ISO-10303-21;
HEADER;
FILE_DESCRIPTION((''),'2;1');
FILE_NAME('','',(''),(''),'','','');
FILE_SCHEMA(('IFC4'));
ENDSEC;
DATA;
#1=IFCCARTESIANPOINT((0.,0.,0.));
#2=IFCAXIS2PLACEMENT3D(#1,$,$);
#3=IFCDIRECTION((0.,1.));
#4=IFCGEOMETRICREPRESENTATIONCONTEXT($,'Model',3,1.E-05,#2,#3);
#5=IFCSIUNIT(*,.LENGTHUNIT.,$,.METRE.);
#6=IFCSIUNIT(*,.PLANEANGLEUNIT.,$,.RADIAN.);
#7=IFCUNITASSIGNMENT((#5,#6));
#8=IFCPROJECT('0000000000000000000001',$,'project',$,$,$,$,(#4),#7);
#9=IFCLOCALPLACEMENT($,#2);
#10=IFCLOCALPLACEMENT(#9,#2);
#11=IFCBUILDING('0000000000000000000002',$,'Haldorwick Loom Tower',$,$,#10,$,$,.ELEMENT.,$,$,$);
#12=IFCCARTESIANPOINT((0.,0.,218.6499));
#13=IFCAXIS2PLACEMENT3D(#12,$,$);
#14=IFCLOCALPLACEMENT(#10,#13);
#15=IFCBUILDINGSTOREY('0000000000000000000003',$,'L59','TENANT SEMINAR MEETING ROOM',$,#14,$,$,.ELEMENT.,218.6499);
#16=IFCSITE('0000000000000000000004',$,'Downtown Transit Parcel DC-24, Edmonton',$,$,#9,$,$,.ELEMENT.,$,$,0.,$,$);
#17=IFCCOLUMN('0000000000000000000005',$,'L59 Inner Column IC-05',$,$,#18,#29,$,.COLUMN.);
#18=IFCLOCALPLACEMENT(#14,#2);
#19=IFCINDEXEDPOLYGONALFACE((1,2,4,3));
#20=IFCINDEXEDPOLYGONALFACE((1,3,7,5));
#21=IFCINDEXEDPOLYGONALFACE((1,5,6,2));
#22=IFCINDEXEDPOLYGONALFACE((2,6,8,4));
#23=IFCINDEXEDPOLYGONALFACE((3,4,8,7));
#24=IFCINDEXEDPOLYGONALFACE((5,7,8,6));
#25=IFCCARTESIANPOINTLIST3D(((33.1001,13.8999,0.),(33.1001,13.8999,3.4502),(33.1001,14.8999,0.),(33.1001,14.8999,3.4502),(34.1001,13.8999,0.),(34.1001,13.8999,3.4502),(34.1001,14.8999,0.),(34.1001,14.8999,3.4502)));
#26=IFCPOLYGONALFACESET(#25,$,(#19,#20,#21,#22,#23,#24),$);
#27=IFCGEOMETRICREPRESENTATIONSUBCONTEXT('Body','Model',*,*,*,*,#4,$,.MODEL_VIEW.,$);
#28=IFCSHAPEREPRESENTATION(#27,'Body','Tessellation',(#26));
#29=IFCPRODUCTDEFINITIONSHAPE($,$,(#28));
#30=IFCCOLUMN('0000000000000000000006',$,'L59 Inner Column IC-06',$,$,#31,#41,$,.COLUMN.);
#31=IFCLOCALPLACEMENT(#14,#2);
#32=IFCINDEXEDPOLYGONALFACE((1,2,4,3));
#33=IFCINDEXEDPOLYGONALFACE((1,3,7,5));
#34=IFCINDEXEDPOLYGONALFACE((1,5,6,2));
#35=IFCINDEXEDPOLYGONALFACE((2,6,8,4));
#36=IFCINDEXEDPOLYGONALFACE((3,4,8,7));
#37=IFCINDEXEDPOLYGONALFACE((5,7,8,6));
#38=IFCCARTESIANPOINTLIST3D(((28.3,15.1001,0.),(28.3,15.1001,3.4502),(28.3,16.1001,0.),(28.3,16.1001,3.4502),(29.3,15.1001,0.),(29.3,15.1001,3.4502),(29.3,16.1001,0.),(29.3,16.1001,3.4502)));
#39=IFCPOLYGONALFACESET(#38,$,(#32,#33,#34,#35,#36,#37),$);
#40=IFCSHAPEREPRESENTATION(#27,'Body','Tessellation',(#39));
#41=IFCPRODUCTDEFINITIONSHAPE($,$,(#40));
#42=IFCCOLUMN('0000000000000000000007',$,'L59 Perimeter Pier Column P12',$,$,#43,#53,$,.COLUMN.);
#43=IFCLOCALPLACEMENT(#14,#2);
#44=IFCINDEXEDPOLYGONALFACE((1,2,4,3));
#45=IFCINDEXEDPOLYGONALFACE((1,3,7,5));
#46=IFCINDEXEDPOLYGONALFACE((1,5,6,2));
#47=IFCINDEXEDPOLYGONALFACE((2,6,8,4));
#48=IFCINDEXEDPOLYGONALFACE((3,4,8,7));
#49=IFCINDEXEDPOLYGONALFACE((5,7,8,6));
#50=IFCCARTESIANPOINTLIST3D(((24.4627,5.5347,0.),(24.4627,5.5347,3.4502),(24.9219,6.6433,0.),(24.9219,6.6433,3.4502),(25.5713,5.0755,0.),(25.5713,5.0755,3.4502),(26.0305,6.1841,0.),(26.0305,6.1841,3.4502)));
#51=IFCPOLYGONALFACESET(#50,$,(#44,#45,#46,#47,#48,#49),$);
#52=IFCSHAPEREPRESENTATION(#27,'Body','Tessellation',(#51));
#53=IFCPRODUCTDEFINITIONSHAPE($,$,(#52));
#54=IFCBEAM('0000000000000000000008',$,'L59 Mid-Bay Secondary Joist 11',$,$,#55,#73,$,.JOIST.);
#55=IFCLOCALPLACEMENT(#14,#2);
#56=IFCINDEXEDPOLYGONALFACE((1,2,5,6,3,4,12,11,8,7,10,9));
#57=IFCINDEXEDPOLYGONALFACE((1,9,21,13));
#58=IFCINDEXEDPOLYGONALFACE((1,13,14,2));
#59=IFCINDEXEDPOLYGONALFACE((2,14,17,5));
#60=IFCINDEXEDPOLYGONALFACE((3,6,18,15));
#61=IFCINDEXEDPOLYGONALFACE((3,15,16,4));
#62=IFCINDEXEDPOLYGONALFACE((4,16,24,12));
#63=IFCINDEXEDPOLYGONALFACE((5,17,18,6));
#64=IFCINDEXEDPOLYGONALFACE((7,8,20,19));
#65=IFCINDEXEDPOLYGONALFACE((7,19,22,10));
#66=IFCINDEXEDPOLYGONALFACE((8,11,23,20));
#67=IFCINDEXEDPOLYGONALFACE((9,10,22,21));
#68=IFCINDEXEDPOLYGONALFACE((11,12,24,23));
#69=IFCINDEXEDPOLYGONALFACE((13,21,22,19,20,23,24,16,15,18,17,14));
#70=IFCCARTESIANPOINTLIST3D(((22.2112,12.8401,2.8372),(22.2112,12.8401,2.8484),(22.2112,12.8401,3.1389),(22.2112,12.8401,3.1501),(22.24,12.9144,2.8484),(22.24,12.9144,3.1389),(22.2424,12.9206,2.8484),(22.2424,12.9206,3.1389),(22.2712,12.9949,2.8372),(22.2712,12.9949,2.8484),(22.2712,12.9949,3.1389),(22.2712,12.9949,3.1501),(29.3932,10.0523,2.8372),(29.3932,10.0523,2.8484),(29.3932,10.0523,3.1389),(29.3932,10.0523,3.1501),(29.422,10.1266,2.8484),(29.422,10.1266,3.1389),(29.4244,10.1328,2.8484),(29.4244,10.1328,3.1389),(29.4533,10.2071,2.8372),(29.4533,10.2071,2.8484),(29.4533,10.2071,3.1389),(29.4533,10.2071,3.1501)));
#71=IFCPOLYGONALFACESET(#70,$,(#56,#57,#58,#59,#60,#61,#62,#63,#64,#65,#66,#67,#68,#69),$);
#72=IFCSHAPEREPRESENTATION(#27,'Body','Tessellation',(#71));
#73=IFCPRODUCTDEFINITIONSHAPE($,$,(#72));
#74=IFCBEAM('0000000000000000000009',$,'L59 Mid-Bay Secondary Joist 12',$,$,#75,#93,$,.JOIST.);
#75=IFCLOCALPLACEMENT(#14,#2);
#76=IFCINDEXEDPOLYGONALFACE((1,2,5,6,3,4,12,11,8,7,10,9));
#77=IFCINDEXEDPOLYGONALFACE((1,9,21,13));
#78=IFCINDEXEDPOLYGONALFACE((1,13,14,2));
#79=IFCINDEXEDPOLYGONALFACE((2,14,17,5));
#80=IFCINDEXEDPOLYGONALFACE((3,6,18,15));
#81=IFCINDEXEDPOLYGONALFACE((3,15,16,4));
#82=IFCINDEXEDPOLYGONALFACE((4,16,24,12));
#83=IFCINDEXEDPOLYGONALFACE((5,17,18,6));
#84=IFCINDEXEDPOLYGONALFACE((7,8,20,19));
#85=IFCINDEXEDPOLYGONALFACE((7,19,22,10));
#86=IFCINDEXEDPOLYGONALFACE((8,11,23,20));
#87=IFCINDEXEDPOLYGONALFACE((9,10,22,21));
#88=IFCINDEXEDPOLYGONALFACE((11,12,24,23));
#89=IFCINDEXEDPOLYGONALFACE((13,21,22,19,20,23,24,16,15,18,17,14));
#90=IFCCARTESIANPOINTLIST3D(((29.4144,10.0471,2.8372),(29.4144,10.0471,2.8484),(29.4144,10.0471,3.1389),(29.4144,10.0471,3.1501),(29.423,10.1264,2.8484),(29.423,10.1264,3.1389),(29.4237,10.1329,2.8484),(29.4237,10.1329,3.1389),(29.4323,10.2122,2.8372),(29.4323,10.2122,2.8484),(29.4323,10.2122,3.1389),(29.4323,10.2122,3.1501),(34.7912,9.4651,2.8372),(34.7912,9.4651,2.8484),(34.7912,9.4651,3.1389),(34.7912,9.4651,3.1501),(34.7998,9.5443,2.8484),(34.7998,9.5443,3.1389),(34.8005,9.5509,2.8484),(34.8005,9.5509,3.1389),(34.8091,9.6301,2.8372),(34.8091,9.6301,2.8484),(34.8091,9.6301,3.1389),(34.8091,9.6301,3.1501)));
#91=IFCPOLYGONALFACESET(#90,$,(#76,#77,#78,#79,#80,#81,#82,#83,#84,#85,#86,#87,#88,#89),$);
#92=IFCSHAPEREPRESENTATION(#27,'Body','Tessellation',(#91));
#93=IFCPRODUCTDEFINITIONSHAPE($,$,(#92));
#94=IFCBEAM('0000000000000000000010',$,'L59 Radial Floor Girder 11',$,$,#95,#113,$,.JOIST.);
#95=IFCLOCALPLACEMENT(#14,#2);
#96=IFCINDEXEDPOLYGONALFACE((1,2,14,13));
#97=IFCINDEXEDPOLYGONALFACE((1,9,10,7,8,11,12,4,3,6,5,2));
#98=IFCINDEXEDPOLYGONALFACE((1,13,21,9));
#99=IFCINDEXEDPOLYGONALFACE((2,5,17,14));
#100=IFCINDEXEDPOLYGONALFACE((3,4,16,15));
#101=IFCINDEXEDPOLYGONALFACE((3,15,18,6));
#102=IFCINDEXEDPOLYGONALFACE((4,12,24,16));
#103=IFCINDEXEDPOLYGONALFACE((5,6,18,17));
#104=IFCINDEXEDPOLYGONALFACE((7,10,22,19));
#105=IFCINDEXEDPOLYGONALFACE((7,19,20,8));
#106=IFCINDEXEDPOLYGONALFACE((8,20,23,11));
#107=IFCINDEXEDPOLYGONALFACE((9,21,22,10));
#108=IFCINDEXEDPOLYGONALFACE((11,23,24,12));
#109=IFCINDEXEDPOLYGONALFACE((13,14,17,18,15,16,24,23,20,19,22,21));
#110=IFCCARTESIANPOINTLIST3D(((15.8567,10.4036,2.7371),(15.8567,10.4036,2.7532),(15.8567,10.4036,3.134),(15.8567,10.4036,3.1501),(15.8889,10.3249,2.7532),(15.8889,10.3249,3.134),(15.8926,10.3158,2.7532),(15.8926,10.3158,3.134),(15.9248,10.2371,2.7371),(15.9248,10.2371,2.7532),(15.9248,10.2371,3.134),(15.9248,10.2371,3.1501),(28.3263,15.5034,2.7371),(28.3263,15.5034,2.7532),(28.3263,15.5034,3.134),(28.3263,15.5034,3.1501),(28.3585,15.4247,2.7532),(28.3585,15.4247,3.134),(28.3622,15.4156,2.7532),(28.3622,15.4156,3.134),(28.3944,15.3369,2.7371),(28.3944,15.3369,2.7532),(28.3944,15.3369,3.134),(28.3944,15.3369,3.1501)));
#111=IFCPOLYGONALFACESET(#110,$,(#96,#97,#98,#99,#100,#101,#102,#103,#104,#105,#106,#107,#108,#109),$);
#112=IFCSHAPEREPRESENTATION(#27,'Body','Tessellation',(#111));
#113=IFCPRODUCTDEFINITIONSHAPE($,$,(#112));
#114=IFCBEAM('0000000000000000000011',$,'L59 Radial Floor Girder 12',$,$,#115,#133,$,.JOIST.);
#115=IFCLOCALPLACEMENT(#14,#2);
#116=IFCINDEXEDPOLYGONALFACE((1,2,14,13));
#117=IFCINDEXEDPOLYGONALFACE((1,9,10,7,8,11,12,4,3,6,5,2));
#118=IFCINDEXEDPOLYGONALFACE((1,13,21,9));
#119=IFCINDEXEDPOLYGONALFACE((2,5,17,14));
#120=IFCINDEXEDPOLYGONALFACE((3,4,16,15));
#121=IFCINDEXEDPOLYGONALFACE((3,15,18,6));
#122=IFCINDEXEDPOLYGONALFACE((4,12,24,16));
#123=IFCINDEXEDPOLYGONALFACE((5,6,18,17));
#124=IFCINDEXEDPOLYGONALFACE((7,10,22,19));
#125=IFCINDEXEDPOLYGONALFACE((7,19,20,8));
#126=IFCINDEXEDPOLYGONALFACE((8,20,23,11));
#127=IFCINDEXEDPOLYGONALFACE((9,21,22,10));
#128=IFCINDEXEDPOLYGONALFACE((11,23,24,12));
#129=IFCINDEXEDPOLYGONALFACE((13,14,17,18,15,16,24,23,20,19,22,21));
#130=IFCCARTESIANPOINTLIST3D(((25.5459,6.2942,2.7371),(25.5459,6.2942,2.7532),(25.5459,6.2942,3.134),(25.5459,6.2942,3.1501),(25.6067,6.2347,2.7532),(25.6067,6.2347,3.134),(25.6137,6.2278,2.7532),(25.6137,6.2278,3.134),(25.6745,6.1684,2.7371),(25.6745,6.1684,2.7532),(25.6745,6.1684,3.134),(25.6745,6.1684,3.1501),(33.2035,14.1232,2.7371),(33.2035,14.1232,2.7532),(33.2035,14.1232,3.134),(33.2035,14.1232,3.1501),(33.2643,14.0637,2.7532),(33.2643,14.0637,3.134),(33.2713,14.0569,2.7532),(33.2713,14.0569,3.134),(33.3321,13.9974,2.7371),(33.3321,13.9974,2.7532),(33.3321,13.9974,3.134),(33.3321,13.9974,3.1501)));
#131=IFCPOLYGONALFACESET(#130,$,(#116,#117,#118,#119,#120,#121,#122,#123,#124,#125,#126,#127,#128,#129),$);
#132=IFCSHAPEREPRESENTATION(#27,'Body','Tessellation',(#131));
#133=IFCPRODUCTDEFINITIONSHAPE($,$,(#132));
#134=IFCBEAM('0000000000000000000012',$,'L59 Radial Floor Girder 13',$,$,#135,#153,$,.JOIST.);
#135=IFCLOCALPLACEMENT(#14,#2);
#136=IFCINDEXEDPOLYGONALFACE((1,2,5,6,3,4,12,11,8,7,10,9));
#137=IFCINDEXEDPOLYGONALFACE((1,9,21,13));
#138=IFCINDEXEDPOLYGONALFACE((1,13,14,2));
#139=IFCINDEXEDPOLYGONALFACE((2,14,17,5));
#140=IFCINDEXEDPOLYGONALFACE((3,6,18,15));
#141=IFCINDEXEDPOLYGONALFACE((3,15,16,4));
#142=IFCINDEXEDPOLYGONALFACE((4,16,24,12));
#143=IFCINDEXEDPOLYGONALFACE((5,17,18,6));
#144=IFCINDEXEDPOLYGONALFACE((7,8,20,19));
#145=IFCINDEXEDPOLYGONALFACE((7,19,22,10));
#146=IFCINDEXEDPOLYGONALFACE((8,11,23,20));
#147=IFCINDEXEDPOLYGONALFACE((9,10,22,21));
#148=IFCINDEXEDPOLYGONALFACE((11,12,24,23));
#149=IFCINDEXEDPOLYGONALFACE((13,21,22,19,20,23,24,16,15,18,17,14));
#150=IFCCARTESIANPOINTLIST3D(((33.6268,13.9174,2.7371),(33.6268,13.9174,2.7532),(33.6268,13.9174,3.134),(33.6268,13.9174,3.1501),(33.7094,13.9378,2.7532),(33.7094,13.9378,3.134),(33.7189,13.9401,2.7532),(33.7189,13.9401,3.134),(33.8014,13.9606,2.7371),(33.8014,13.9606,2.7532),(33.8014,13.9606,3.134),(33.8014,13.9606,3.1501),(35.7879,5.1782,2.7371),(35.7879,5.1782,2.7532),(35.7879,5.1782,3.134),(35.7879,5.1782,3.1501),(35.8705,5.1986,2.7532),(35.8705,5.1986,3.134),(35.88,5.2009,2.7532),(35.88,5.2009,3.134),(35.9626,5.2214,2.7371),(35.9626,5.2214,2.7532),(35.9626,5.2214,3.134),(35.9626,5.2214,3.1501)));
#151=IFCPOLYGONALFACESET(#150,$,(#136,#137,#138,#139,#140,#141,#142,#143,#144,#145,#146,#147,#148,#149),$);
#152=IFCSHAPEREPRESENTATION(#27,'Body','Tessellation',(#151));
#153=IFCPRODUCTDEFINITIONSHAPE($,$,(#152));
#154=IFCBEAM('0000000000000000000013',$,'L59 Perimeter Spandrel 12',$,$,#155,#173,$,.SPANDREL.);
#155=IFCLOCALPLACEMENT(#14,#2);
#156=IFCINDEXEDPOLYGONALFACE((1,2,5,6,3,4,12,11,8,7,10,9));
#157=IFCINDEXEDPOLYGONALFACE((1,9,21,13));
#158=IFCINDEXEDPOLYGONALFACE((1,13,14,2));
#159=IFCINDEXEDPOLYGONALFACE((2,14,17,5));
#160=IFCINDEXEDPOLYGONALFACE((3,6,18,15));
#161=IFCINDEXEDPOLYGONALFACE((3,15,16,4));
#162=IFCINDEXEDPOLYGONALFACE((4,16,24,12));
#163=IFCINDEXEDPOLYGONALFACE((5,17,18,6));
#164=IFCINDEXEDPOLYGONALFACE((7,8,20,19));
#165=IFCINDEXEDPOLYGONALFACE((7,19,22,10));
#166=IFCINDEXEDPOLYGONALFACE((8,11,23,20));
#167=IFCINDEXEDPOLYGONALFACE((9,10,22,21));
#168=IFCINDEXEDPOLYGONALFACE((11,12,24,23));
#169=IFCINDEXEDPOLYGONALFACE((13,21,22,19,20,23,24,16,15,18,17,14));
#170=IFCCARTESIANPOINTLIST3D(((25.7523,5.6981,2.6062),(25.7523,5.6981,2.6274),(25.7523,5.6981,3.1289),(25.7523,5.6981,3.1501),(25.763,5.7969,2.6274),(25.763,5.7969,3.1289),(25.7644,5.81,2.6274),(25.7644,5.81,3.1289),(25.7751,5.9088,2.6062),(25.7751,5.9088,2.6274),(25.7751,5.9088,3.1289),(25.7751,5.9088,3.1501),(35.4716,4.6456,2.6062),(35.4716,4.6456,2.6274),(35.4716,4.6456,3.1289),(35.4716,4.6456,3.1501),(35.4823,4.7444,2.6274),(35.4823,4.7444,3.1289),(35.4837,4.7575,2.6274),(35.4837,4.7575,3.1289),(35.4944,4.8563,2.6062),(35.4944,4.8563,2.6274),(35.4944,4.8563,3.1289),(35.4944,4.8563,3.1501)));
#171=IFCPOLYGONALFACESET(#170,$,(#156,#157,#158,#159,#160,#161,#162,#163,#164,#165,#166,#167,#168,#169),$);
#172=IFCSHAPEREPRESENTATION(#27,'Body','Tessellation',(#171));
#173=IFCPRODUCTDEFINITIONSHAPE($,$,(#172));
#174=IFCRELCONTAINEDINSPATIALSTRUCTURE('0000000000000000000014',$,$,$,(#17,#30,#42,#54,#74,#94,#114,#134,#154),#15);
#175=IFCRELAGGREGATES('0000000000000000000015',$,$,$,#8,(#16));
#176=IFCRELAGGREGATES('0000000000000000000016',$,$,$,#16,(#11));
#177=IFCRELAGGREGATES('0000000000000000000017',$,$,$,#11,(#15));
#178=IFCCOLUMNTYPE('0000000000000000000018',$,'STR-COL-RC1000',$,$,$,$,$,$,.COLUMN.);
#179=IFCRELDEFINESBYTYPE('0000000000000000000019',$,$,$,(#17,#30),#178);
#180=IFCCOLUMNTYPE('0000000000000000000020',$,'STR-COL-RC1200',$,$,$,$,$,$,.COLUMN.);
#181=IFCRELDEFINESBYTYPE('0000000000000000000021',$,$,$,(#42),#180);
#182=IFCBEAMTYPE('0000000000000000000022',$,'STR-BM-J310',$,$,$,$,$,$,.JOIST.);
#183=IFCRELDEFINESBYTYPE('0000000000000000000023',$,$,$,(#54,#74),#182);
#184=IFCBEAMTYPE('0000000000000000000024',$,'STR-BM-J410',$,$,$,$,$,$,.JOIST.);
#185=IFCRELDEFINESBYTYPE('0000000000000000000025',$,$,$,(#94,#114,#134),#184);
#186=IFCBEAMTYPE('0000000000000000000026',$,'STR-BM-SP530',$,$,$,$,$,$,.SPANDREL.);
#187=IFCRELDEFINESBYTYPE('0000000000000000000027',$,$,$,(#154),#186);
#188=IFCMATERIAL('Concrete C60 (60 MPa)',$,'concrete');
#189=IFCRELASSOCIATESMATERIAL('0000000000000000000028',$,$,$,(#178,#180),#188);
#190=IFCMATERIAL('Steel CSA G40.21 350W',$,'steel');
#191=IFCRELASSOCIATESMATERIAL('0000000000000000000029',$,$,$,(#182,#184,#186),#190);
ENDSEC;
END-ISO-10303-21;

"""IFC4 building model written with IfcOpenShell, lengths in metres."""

from ifc_helpers import new_model, si_unit, direction, frame, origin, origin_2d, place, context, subcontext, project, spatial, rectangle, i_section, extrude, material, material_profile, profile_set, type_object, element, save


model = new_model("IFC4")

# Units and contexts
model_context = context("Model", 3, precision=1e-05, world=origin(), true_north=direction((0.0, 1.0)))
body_context = subcontext(model_context, "Body", "Model", "MODEL_VIEW")
ifc_project = project(units=[si_unit("LENGTHUNIT", "METRE"), si_unit("PLANEANGLEUNIT", "RADIAN")], contexts=[model_context])

# Site, building, storey
site_placement = place(None, origin())
site = spatial("IfcSite", under=ifc_project, at=site_placement, Name="Downtown Transit Parcel DC-24, Edmonton", CompositionType="ELEMENT", RefElevation=0.0)
building_placement = place(site_placement, origin())
building = spatial("IfcBuilding", under=site, at=building_placement, Name="Haldorwick Loom Tower", CompositionType="ELEMENT")
storey_placement = place(building_placement, frame((0.0, 0.0, 218.6499)))
storey = spatial("IfcBuildingStorey", under=building, at=storey_placement, Name="L59", Description="TENANT SEMINAR MEETING ROOM", CompositionType="ELEMENT", Elevation=218.6499)

# Columns
ifc_material_1 = material(Name="Concrete C60 (60 MPa)", Category="concrete")
ifc_material_profile_1 = material_profile(ifc_material_1, rectangle(XDim=1.0, YDim=1.0, at=origin_2d()), Name="RC1000X1000", Category="concrete")
ifc_profile_set_1 = profile_set([ifc_material_profile_1], Name="Concrete C60 (60 MPa)")
column_type_1 = type_object("IfcColumnType", Name="STR-COL-RC1000", PredefinedType="COLUMN", material=ifc_profile_set_1)
for number, where, z_axis, x_axis, name in (
    (1, (33.6001, 14.3999, 0.0), (0.0, 0.0, 1.0), (1.0, 0.0, 0.0), "L59 Inner Column IC-05"),
    (2, (28.8, 15.6001, 0.0), (0.0, 0.0, 1.0), (1.0, 0.0, 0.0), "L59 Inner Column IC-06"),
):
    element("IfcColumn", number, at=place(storey_placement, frame(where, z_axis=z_axis, x_axis=x_axis)), inside=storey, type_object=column_type_1, Name=name, PredefinedType="COLUMN", context=body_context, shape_type="SweptSolid", body=[
        extrude(rectangle(XDim=1.0, YDim=1.0, at=origin_2d()), origin(), (0.0, 0.0, 1.0), 3.4502),
    ])
ifc_material_profile_2 = material_profile(ifc_material_1, rectangle(XDim=1.2, YDim=1.2, at=origin_2d()), Name="RC1200X1200", Category="concrete")
ifc_profile_set_2 = profile_set([ifc_material_profile_2], Name="Concrete C60 (60 MPa)")
column_type_2 = type_object("IfcColumnType", Name="STR-COL-RC1200", PredefinedType="COLUMN", material=ifc_profile_set_2)
column_placement = place(storey_placement, frame((25.2466, 5.8594, 0.0), z_axis=(0.0, 0.0, 1.0), x_axis=(-0.382683, -0.92388, 0.0)))
element("IfcColumn", 3, at=column_placement, inside=storey, type_object=column_type_2, Name="L59 Perimeter Pier Column P12", PredefinedType="COLUMN", context=body_context, shape_type="SweptSolid", body=[
    extrude(rectangle(XDim=1.2, YDim=1.2, at=origin_2d()), origin(), (0.0, 0.0, 1.0), 3.4502),
])

# Beams
ifc_material_2 = material(Name="Steel CSA G40.21 350W", Category="steel")
ifc_material_profile_3 = material_profile(ifc_material_2, i_section(OverallWidth=0.166, OverallDepth=0.313, WebThickness=0.0066, FlangeThickness=0.0112, at=origin_2d()), Name="W310X45", Category="steel")
ifc_profile_set_3 = profile_set([ifc_material_profile_3], Name="Steel CSA G40.21 350W")
beam_type_1 = type_object("IfcBeamType", Name="STR-BM-J310", PredefinedType="JOIST", material=ifc_profile_set_3)
beam_1_placement = place(storey_placement, frame((22.2412, 12.9175, 2.9937), z_axis=(0.932233, -0.361859, 0.0), x_axis=(0.361859, 0.932233, 0.0)))
element("IfcBeam", 4, at=beam_1_placement, inside=storey, type_object=beam_type_1, Name="L59 Mid-Bay Secondary Joist 11", PredefinedType="JOIST", context=body_context, shape_type="SweptSolid", body=[
    extrude(i_section(OverallWidth=0.166, OverallDepth=0.313, WebThickness=0.0066, FlangeThickness=0.0112, at=origin_2d()), origin(), (0.0, 0.0, 1.0), 7.7041),
])
beam_2_placement = place(storey_placement, frame((29.4233, 10.1296, 2.9937), z_axis=(0.994192, -0.107622, 0.0), x_axis=(0.107622, 0.994192, 0.0)))
element("IfcBeam", 5, at=beam_2_placement, inside=storey, type_object=beam_type_1, Name="L59 Mid-Bay Secondary Joist 12", PredefinedType="JOIST", context=body_context, shape_type="SweptSolid", body=[
    extrude(i_section(OverallWidth=0.166, OverallDepth=0.313, WebThickness=0.0066, FlangeThickness=0.0112, at=origin_2d()), origin(), (0.0, 0.0, 1.0), 5.4082),
])
ifc_material_profile_4 = material_profile(ifc_material_2, i_section(OverallWidth=0.1799, OverallDepth=0.4131, WebThickness=0.0098, FlangeThickness=0.0161, at=origin_2d()), Name="W410X74", Category="steel")
ifc_profile_set_4 = profile_set([ifc_material_profile_4], Name="Steel CSA G40.21 350W")
beam_type_2 = type_object("IfcBeamType", Name="STR-BM-J410", PredefinedType="JOIST", material=ifc_profile_set_4)
beam_3_placement = place(storey_placement, frame((28.3604, 15.4202, 2.9436), z_axis=(-0.925583, -0.378544, 0.0), x_axis=(0.378544, -0.925583, 0.0)))
element("IfcBeam", 6, at=beam_3_placement, inside=storey, type_object=beam_type_2, Name="L59 Radial Floor Girder 11", PredefinedType="JOIST", context=body_context, shape_type="SweptSolid", body=[
    extrude(i_section(OverallWidth=0.1799, OverallDepth=0.4131, WebThickness=0.0098, FlangeThickness=0.0161, at=origin_2d()), origin(), (0.0, 0.0, 1.0), 13.4722),
])
beam_4_placement = place(storey_placement, frame((33.2678, 14.0603, 2.9436), z_axis=(-0.699239, -0.714888, 0.0), x_axis=(0.714888, -0.699239, 0.0)))
element("IfcBeam", 7, at=beam_4_placement, inside=storey, type_object=beam_type_2, Name="L59 Radial Floor Girder 12", PredefinedType="JOIST", context=body_context, shape_type="SweptSolid", body=[
    extrude(i_section(OverallWidth=0.1799, OverallDepth=0.4131, WebThickness=0.0098, FlangeThickness=0.0161, at=origin_2d()), origin(), (0.0, 0.0, 1.0), 10.9514),
])
beam_5_placement = place(storey_placement, frame((33.7141, 13.939, 2.9436), z_axis=(0.240059, -0.970758, 0.0), x_axis=(0.970758, 0.240059, 0.0)))
element("IfcBeam", 8, at=beam_5_placement, inside=storey, type_object=beam_type_2, Name="L59 Radial Floor Girder 13", PredefinedType="JOIST", context=body_context, shape_type="SweptSolid", body=[
    extrude(i_section(OverallWidth=0.1799, OverallDepth=0.4131, WebThickness=0.0098, FlangeThickness=0.0161, at=origin_2d()), origin(), (0.0, 0.0, 1.0), 9.0024),
])
ifc_material_profile_5 = material_profile(ifc_material_2, i_section(OverallWidth=0.2119, OverallDepth=0.5439, WebThickness=0.0132, FlangeThickness=0.0212, at=origin_2d()), Name="W530X123", Category="steel")
ifc_profile_set_5 = profile_set([ifc_material_profile_5], Name="Steel CSA G40.21 350W")
beam_type_3 = type_object("IfcBeamType", Name="STR-BM-SP530", PredefinedType="SPANDREL", material=ifc_profile_set_5)
beam_6_placement = place(storey_placement, frame((25.7637, 5.8035, 2.8782), z_axis=(0.994188, -0.10766, 0.0), x_axis=(0.10766, 0.994188, 0.0)))
element("IfcBeam", 9, at=beam_6_placement, inside=storey, type_object=beam_type_3, Name="L59 Perimeter Spandrel 12", PredefinedType="SPANDREL", context=body_context, shape_type="SweptSolid", body=[
    extrude(i_section(OverallWidth=0.2119, OverallDepth=0.5439, WebThickness=0.0132, FlangeThickness=0.0212, at=origin_2d()), origin(), (0.0, 0.0, 1.0), 9.7761),
])

save(model, "model.ifc")
